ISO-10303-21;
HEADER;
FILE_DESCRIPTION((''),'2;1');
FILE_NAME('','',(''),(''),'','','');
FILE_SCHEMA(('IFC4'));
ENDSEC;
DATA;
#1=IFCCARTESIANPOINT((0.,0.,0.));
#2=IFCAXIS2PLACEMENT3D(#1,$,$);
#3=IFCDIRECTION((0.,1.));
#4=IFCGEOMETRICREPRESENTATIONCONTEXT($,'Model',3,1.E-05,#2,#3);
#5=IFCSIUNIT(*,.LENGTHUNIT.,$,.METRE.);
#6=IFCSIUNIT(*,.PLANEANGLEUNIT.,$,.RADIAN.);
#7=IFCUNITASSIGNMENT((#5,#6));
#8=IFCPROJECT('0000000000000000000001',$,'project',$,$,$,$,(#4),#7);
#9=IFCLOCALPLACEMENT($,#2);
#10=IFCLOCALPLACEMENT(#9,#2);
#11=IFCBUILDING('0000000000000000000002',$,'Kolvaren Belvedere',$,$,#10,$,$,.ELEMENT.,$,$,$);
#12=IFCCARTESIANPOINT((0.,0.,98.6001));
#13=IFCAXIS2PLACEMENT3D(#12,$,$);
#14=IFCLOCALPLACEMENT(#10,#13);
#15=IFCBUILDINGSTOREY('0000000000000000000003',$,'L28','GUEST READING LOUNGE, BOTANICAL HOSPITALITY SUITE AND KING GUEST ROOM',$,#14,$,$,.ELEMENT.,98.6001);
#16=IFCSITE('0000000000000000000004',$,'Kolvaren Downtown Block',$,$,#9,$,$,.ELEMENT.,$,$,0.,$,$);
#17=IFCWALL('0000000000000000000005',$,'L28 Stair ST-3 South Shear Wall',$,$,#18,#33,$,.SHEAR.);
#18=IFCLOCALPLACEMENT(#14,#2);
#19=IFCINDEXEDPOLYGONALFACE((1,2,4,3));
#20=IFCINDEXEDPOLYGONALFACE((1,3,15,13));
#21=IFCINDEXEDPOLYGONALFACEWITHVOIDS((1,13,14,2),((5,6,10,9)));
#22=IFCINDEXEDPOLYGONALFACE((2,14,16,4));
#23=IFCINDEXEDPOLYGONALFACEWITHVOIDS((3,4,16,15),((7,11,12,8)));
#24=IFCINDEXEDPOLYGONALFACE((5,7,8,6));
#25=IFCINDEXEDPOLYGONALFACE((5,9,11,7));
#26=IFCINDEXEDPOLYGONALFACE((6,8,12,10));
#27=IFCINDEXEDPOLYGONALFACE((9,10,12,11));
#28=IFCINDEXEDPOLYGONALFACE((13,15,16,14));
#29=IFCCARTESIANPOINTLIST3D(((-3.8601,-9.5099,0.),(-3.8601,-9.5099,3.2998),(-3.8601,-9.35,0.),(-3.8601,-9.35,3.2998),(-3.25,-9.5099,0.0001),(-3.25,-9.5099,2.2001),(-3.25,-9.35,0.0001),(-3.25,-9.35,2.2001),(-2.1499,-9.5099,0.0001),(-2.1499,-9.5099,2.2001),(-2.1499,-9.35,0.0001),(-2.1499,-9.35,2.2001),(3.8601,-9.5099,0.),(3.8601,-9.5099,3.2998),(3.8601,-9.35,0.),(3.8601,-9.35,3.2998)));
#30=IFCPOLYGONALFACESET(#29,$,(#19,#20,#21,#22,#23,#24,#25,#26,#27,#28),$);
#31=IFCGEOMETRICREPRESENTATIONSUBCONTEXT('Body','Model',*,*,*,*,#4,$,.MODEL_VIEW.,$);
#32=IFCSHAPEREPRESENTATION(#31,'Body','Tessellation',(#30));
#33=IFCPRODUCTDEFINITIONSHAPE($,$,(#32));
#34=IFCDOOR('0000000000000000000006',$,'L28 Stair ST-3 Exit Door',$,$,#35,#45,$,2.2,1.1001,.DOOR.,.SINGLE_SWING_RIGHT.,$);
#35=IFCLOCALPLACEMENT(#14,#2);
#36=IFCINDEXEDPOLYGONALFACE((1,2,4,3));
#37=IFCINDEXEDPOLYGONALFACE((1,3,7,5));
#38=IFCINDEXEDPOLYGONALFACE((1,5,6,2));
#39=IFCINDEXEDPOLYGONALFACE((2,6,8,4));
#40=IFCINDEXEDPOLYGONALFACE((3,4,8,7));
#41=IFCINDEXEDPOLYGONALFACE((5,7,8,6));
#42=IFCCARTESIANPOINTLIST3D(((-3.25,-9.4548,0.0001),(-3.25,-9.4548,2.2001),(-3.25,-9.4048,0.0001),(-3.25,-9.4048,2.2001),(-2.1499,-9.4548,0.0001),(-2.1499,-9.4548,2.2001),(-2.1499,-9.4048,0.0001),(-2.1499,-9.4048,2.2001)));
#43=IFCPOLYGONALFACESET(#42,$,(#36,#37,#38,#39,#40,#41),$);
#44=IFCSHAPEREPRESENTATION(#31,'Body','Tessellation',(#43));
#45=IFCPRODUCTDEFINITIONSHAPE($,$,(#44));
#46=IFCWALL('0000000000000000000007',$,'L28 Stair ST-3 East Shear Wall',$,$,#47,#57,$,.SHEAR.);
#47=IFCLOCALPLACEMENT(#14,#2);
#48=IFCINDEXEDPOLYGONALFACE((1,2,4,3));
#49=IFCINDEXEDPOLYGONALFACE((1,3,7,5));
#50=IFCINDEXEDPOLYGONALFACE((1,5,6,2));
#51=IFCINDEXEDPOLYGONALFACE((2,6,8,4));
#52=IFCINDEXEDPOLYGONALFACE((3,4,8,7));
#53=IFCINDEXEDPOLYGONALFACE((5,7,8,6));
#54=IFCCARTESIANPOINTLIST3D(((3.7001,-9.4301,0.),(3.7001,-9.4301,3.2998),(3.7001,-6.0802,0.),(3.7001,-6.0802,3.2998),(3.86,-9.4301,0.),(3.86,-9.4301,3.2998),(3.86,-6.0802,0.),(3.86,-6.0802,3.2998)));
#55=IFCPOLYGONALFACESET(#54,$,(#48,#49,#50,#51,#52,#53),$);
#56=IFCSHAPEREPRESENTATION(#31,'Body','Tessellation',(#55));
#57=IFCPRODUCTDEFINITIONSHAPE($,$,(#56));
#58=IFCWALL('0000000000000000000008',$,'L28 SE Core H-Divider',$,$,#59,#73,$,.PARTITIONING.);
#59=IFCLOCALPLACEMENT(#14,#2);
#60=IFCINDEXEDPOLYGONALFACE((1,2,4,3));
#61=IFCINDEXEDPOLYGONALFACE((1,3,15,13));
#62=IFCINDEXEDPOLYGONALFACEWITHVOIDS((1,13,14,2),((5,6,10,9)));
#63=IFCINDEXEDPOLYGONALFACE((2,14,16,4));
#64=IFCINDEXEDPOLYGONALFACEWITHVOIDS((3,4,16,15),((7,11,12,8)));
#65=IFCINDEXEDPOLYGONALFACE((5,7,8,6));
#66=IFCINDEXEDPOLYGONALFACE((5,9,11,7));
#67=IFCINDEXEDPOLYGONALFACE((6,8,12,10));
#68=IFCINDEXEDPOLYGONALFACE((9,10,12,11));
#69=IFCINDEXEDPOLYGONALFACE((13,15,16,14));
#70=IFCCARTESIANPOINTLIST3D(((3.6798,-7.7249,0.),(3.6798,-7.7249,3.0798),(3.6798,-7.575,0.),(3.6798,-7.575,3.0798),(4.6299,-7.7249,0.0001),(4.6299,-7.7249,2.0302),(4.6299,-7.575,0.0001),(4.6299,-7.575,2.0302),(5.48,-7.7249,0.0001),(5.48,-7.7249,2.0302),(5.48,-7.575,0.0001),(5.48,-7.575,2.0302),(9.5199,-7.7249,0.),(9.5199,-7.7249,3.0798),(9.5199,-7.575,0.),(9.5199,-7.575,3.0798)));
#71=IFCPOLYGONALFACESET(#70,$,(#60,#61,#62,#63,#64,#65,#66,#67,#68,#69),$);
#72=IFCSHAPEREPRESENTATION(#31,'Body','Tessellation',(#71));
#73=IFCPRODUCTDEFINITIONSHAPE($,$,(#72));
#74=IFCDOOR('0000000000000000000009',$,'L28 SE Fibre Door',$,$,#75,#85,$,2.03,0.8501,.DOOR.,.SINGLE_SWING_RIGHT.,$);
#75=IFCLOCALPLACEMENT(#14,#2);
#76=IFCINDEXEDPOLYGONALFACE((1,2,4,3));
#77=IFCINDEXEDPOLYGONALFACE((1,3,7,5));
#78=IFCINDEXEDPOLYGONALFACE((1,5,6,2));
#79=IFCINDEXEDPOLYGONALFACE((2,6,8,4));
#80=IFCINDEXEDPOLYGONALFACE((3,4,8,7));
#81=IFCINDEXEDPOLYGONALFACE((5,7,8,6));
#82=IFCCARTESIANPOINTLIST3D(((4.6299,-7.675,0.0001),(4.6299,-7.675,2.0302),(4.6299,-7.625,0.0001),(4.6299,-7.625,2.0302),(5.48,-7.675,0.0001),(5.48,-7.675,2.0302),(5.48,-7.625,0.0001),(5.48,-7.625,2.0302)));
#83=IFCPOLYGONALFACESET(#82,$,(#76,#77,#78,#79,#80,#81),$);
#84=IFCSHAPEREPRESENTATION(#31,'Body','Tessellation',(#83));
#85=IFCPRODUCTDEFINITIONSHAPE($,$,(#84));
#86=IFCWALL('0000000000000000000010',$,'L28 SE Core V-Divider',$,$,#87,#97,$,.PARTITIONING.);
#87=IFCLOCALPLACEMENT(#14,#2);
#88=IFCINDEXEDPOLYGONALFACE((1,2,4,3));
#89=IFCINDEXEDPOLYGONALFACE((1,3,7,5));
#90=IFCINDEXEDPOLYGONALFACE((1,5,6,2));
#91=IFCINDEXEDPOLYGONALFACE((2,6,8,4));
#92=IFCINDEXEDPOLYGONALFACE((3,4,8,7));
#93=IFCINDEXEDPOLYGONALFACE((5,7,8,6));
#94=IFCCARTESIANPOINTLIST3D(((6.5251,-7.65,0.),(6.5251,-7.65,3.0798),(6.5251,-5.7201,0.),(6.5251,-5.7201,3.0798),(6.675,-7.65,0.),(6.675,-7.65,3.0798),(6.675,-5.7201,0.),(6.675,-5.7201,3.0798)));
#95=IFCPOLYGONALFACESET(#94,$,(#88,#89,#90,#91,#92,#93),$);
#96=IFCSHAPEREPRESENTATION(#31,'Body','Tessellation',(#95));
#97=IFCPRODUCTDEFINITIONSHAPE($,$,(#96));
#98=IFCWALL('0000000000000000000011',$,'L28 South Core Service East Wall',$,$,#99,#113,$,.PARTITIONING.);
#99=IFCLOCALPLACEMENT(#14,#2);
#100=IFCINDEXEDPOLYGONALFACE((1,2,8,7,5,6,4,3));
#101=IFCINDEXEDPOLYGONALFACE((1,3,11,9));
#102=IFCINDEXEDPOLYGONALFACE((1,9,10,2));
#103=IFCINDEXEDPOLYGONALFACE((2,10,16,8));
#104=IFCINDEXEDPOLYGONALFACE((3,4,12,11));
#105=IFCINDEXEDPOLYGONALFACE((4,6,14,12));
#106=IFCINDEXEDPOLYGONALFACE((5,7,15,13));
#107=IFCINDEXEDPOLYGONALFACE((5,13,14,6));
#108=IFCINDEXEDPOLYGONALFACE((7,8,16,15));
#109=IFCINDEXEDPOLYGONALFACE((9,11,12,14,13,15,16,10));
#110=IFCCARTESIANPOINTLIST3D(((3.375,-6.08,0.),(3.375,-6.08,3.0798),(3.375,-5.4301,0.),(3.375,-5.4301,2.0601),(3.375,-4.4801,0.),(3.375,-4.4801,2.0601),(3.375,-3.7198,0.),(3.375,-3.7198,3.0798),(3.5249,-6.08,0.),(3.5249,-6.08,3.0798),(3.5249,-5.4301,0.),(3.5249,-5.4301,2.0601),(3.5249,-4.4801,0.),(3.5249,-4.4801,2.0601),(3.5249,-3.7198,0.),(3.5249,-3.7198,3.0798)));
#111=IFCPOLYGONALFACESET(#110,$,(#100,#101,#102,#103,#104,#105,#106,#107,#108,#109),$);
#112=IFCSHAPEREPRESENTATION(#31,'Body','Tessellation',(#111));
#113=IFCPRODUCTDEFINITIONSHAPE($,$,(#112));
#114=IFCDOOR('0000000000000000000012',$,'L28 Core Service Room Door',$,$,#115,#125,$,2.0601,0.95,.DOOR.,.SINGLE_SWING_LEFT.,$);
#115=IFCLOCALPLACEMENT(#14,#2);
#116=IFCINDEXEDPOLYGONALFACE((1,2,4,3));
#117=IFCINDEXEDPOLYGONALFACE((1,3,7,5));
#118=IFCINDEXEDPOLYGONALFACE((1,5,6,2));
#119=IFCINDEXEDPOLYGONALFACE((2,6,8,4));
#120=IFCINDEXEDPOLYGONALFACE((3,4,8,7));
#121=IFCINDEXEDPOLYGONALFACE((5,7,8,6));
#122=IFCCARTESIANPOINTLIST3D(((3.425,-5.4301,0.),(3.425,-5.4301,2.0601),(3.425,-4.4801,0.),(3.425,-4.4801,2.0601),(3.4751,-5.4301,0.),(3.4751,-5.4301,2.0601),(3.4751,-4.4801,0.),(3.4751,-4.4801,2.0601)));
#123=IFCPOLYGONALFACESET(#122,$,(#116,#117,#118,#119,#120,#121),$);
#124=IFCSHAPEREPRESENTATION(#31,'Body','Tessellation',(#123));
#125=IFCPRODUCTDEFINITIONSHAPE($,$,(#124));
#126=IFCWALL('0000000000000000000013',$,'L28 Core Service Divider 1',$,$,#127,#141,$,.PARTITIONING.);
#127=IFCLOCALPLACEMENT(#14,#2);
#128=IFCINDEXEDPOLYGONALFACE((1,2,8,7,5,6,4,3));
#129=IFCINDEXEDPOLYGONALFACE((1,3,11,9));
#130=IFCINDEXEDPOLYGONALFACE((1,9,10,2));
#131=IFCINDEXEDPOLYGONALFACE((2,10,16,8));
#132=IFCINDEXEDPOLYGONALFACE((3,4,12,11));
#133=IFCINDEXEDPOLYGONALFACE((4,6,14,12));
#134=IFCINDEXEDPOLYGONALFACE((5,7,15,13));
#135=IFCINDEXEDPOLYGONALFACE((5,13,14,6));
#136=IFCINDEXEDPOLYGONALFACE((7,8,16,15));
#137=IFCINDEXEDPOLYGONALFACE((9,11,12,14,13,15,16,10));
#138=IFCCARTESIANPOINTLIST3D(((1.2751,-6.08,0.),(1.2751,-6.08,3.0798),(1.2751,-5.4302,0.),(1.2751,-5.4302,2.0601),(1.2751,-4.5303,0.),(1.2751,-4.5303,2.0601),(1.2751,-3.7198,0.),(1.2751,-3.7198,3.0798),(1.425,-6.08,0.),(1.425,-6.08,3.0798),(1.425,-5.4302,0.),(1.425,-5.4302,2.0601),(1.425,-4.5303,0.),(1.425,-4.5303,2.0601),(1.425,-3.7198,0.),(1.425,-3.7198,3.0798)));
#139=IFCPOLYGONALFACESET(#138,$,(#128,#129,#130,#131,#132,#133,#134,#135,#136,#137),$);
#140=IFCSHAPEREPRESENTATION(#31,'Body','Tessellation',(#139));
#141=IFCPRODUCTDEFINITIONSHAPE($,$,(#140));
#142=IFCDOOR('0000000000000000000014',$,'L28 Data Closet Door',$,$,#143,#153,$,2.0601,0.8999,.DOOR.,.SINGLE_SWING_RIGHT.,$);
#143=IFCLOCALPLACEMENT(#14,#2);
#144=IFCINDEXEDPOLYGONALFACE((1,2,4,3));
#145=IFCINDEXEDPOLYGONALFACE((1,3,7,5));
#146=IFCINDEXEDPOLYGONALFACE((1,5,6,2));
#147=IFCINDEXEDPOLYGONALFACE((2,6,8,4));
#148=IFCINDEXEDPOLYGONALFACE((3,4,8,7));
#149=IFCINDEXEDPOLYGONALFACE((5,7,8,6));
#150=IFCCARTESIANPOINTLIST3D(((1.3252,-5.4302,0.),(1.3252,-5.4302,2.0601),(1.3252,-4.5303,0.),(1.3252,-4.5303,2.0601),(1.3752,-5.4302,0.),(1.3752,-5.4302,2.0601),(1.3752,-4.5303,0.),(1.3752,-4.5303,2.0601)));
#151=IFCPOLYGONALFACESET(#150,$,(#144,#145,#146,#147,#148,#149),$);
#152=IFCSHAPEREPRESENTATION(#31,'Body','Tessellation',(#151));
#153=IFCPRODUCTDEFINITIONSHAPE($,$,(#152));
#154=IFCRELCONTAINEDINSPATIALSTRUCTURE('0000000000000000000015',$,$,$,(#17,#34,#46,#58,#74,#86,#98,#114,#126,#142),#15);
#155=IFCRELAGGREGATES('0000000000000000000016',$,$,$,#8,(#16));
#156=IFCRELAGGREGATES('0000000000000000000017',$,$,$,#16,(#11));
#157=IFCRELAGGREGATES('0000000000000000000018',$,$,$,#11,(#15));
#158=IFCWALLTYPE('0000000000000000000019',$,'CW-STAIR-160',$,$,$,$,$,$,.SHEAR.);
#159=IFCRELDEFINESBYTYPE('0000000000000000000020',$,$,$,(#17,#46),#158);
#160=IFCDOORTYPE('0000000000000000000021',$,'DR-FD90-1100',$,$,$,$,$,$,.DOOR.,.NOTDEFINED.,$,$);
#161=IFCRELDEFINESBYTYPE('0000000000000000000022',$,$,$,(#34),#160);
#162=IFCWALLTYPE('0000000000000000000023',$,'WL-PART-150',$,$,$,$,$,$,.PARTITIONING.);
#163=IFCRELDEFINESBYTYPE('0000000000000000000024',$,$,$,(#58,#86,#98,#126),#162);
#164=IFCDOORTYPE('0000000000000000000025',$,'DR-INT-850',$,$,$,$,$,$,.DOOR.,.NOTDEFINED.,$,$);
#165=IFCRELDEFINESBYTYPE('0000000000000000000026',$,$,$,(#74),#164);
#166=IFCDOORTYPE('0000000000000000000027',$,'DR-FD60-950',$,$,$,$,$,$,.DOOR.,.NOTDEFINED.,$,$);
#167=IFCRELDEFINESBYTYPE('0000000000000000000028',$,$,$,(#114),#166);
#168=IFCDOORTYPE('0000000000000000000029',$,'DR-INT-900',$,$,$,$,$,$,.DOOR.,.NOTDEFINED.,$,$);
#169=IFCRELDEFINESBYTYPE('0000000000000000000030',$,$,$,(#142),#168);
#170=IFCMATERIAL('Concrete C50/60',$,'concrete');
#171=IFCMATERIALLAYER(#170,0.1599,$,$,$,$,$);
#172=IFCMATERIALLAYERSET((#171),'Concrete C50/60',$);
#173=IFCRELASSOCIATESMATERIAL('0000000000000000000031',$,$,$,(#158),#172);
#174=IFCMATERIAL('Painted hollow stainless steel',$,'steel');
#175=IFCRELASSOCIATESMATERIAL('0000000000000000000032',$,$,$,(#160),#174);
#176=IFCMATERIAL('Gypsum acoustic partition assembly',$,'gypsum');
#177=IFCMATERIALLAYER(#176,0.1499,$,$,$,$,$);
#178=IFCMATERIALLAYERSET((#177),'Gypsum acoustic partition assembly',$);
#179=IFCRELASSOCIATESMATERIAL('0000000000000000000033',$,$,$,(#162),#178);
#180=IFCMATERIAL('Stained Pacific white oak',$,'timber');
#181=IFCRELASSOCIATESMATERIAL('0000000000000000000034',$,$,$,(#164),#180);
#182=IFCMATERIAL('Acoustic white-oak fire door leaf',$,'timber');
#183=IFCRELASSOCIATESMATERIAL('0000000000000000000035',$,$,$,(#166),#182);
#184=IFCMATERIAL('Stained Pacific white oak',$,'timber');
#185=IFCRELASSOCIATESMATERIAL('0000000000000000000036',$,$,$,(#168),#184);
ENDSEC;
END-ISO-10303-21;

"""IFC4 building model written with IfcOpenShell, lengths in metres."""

from ifc_helpers import new_model, si_unit, direction, frame, frame_2d, origin, place, context, subcontext, project, spatial, rectangle, extrude, material, layer, layer_set, type_object, element, fill, save


model = new_model("IFC4")

# Units and contexts
model_context = context("Model", 3, precision=1e-05, world=origin(), true_north=direction((0.0, 1.0)))
body_context = subcontext(model_context, "Body", "Model", "MODEL_VIEW")
ifc_project = project(units=[si_unit("LENGTHUNIT", "METRE"), si_unit("PLANEANGLEUNIT", "RADIAN")], contexts=[model_context])

# Site, building, storey
site_placement = place(None, origin())
site = spatial("IfcSite", under=ifc_project, at=site_placement, Name="Kolvaren Downtown Block", CompositionType="ELEMENT", RefElevation=0.0)
building_placement = place(site_placement, origin())
building = spatial("IfcBuilding", under=site, at=building_placement, Name="Kolvaren Belvedere", CompositionType="ELEMENT")
storey_placement = place(building_placement, frame((0.0, 0.0, 98.6001)))
storey = spatial("IfcBuildingStorey", under=building, at=storey_placement, Name="L28", Description="GUEST READING LOUNGE, BOTANICAL HOSPITALITY SUITE AND KING GUEST ROOM", CompositionType="ELEMENT", Elevation=98.6001)

# Wall, opening, door
ifc_material_1 = material(Name="Concrete C50/60", Category="concrete")
ifc_layer_1 = layer(ifc_material_1, 0.1599)
ifc_layer_set_1 = layer_set([ifc_layer_1], Name="Concrete C50/60")
wall_type_1 = type_object("IfcWallType", Name="CW-STAIR-160", PredefinedType="SHEAR", material=ifc_layer_set_1)
wall_1_placement = place(storey_placement, frame((3.8601, -9.4299, 0.0), z_axis=(0.0, 0.0, 1.0), x_axis=(-1.0, 0.0, 0.0)))
wall_1 = element("IfcWall", 1, at=wall_1_placement, inside=storey, type_object=wall_type_1, Name="L28 Stair ST-3 South Shear Wall", PredefinedType="SHEAR", context=body_context, shape_type="SweptSolid", body=[
    extrude(rectangle(XDim=7.7202, YDim=0.1599, at=frame_2d((3.8601, 0.0))), origin(), (0.0, 0.0, 1.0), 3.2998),
])
opening_1_placement = place(wall_1_placement, frame((6.01, 0.0, 0.0)))
opening_1 = element("IfcOpeningElement", 2, at=opening_1_placement, cuts=wall_1, PredefinedType="OPENING", context=body_context, shape_type="SweptSolid", body=[
    extrude(rectangle(XDim=1.1001, YDim=2.2, at=frame_2d((0.55, 1.1001))), frame((0.0, 0.0898, 0.0), z_axis=(0.0, -1.0, 0.0), x_axis=(1.0, 0.0, 0.0)), (0.0, 0.0, 1.0), 0.1799),
])
ifc_material_2 = material(Name="Painted hollow stainless steel", Category="steel")
door_type_1 = type_object("IfcDoorType", Name="DR-FD90-1100", OperationType="NOTDEFINED", PredefinedType="DOOR", material=ifc_material_2)
door_1_placement = place(opening_1_placement, origin())
door_1 = element("IfcDoor", 3, at=door_1_placement, inside=storey, type_object=door_type_1, Name="L28 Stair ST-3 Exit Door", OperationType="SINGLE_SWING_RIGHT", OverallHeight=2.2, OverallWidth=1.1001, PredefinedType="DOOR", context=body_context, shape_type="SweptSolid", body=[
    extrude(rectangle(XDim=1.1001, YDim=2.2, at=frame_2d((0.55, 1.1001))), frame((0.0, 0.0249, 0.0), z_axis=(0.0, -1.0, 0.0), x_axis=(1.0, 0.0, 0.0)), (0.0, 0.0, 1.0), 0.05),
])
fill(opening_1, door_1)

# Wall
wall_2_placement = place(storey_placement, frame((3.78, -9.4299, 0.0), z_axis=(0.0, 0.0, 1.0), x_axis=(0.0, 1.0, 0.0)))
element("IfcWall", 4, at=wall_2_placement, inside=storey, type_object=wall_type_1, Name="L28 Stair ST-3 East Shear Wall", PredefinedType="SHEAR", context=body_context, shape_type="SweptSolid", body=[
    extrude(rectangle(XDim=3.3499, YDim=0.1599, at=frame_2d((1.6748, 0.0))), origin(), (0.0, 0.0, 1.0), 3.2998),
])

# Wall, opening, door
ifc_material_3 = material(Name="Gypsum acoustic partition assembly", Category="gypsum")
ifc_layer_2 = layer(ifc_material_3, 0.1499)
ifc_layer_set_2 = layer_set([ifc_layer_2], Name="Gypsum acoustic partition assembly")
wall_type_2 = type_object("IfcWallType", Name="WL-PART-150", PredefinedType="PARTITIONING", material=ifc_layer_set_2)
wall_3_placement = place(storey_placement, frame((3.6799, -7.6499, 0.0), z_axis=(0.0, 0.0, 1.0), x_axis=(1.0, 0.0, 0.0)))
wall_3 = element("IfcWall", 5, at=wall_3_placement, inside=storey, type_object=wall_type_2, Name="L28 SE Core H-Divider", PredefinedType="PARTITIONING", context=body_context, shape_type="SweptSolid", body=[
    extrude(rectangle(XDim=5.8401, YDim=0.1499, at=frame_2d((2.9199, 0.0))), origin(), (0.0, 0.0, 1.0), 3.0798),
])
opening_2_placement = place(wall_3_placement, frame((0.95, 0.0, 0.0)))
opening_2 = element("IfcOpeningElement", 6, at=opening_2_placement, cuts=wall_3, PredefinedType="OPENING", context=body_context, shape_type="SweptSolid", body=[
    extrude(rectangle(XDim=0.8501, YDim=2.03, at=frame_2d((0.425, 1.0151))), frame((0.0, 0.085, 0.0), z_axis=(0.0, -1.0, 0.0), x_axis=(1.0, 0.0, 0.0)), (0.0, 0.0, 1.0), 0.1699),
])
ifc_material_4 = material(Name="Stained Pacific white oak", Category="timber")
door_type_2 = type_object("IfcDoorType", Name="DR-INT-850", OperationType="NOTDEFINED", PredefinedType="DOOR", material=ifc_material_4)
door_2_placement = place(opening_2_placement, origin())
door_2 = element("IfcDoor", 7, at=door_2_placement, inside=storey, type_object=door_type_2, Name="L28 SE Fibre Door", OperationType="SINGLE_SWING_RIGHT", OverallHeight=2.03, OverallWidth=0.8501, PredefinedType="DOOR", context=body_context, shape_type="SweptSolid", body=[
    extrude(rectangle(XDim=0.8501, YDim=2.03, at=frame_2d((0.425, 1.0151))), frame((0.0, 0.0249, 0.0), z_axis=(0.0, -1.0, 0.0), x_axis=(1.0, 0.0, 0.0)), (0.0, 0.0, 1.0), 0.05),
])
fill(opening_2, door_2)

# Wall
wall_4_placement = place(storey_placement, frame((6.6001, -7.6499, 0.0), z_axis=(0.0, 0.0, 1.0), x_axis=(0.0, 1.0, 0.0)))
element("IfcWall", 8, at=wall_4_placement, inside=storey, type_object=wall_type_2, Name="L28 SE Core V-Divider", PredefinedType="PARTITIONING", context=body_context, shape_type="SweptSolid", body=[
    extrude(rectangle(XDim=1.9299, YDim=0.1499, at=frame_2d((0.9648, 0.0))), origin(), (0.0, 0.0, 1.0), 3.0798),
])

# Walls, openings, doors
wall_5_placement = place(storey_placement, frame((3.45, -6.0801, 0.0), z_axis=(0.0, 0.0, 1.0), x_axis=(0.0, 1.0, 0.0)))
wall_5 = element("IfcWall", 9, at=wall_5_placement, inside=storey, type_object=wall_type_2, Name="L28 South Core Service East Wall", PredefinedType="PARTITIONING", context=body_context, shape_type="SweptSolid", body=[
    extrude(rectangle(XDim=2.3601, YDim=0.1499, at=frame_2d((1.1802, 0.0))), origin(), (0.0, 0.0, 1.0), 3.0798),
])
opening_3_placement = place(wall_5_placement, frame((0.6499, 0.0, 0.0)))
opening_3 = element("IfcOpeningElement", 10, at=opening_3_placement, cuts=wall_5, PredefinedType="OPENING", context=body_context, shape_type="SweptSolid", body=[
    extrude(rectangle(XDim=0.95, YDim=2.0601, at=frame_2d((0.4751, 1.03))), frame((0.0, 0.085, 0.0), z_axis=(0.0, -1.0, 0.0), x_axis=(1.0, 0.0, 0.0)), (0.0, 0.0, 1.0), 0.1699),
])
ifc_material_5 = material(Name="Acoustic white-oak fire door leaf", Category="timber")
door_type_3 = type_object("IfcDoorType", Name="DR-FD60-950", OperationType="NOTDEFINED", PredefinedType="DOOR", material=ifc_material_5)
door_3_placement = place(opening_3_placement, origin())
door_3 = element("IfcDoor", 11, at=door_3_placement, inside=storey, type_object=door_type_3, Name="L28 Core Service Room Door", OperationType="SINGLE_SWING_LEFT", OverallHeight=2.0601, OverallWidth=0.95, PredefinedType="DOOR", context=body_context, shape_type="SweptSolid", body=[
    extrude(rectangle(XDim=0.95, YDim=2.0601, at=frame_2d((0.4751, 1.03))), frame((0.0, 0.0249, 0.0), z_axis=(0.0, -1.0, 0.0), x_axis=(1.0, 0.0, 0.0)), (0.0, 0.0, 1.0), 0.05),
])
fill(opening_3, door_3)
wall_6_placement = place(storey_placement, frame((1.3501, -6.0801, 0.0), z_axis=(0.0, 0.0, 1.0), x_axis=(0.0, 1.0, 0.0)))
wall_6 = element("IfcWall", 12, at=wall_6_placement, inside=storey, type_object=wall_type_2, Name="L28 Core Service Divider 1", PredefinedType="PARTITIONING", context=body_context, shape_type="SweptSolid", body=[
    extrude(rectangle(XDim=2.3601, YDim=0.1499, at=frame_2d((1.1802, 0.0))), origin(), (0.0, 0.0, 1.0), 3.0798),
])
opening_4_placement = place(wall_6_placement, frame((0.6499, 0.0, 0.0)))
opening_4 = element("IfcOpeningElement", 13, at=opening_4_placement, cuts=wall_6, PredefinedType="OPENING", context=body_context, shape_type="SweptSolid", body=[
    extrude(rectangle(XDim=0.8999, YDim=2.0601, at=frame_2d((0.45, 1.03))), frame((0.0, 0.085, 0.0), z_axis=(0.0, -1.0, 0.0), x_axis=(1.0, 0.0, 0.0)), (0.0, 0.0, 1.0), 0.1699),
])
ifc_material_6 = material(Name="Stained Pacific white oak", Category="timber")
door_type_4 = type_object("IfcDoorType", Name="DR-INT-900", OperationType="NOTDEFINED", PredefinedType="DOOR", material=ifc_material_6)
door_4_placement = place(opening_4_placement, origin())
door_4 = element("IfcDoor", 14, at=door_4_placement, inside=storey, type_object=door_type_4, Name="L28 Data Closet Door", OperationType="SINGLE_SWING_RIGHT", OverallHeight=2.0601, OverallWidth=0.8999, PredefinedType="DOOR", context=body_context, shape_type="SweptSolid", body=[
    extrude(rectangle(XDim=0.8999, YDim=2.0601, at=frame_2d((0.45, 1.03))), frame((0.0, 0.0249, 0.0), z_axis=(0.0, -1.0, 0.0), x_axis=(1.0, 0.0, 0.0)), (0.0, 0.0, 1.0), 0.05),
])
fill(opening_4, door_4)

save(model, "model.ifc")
